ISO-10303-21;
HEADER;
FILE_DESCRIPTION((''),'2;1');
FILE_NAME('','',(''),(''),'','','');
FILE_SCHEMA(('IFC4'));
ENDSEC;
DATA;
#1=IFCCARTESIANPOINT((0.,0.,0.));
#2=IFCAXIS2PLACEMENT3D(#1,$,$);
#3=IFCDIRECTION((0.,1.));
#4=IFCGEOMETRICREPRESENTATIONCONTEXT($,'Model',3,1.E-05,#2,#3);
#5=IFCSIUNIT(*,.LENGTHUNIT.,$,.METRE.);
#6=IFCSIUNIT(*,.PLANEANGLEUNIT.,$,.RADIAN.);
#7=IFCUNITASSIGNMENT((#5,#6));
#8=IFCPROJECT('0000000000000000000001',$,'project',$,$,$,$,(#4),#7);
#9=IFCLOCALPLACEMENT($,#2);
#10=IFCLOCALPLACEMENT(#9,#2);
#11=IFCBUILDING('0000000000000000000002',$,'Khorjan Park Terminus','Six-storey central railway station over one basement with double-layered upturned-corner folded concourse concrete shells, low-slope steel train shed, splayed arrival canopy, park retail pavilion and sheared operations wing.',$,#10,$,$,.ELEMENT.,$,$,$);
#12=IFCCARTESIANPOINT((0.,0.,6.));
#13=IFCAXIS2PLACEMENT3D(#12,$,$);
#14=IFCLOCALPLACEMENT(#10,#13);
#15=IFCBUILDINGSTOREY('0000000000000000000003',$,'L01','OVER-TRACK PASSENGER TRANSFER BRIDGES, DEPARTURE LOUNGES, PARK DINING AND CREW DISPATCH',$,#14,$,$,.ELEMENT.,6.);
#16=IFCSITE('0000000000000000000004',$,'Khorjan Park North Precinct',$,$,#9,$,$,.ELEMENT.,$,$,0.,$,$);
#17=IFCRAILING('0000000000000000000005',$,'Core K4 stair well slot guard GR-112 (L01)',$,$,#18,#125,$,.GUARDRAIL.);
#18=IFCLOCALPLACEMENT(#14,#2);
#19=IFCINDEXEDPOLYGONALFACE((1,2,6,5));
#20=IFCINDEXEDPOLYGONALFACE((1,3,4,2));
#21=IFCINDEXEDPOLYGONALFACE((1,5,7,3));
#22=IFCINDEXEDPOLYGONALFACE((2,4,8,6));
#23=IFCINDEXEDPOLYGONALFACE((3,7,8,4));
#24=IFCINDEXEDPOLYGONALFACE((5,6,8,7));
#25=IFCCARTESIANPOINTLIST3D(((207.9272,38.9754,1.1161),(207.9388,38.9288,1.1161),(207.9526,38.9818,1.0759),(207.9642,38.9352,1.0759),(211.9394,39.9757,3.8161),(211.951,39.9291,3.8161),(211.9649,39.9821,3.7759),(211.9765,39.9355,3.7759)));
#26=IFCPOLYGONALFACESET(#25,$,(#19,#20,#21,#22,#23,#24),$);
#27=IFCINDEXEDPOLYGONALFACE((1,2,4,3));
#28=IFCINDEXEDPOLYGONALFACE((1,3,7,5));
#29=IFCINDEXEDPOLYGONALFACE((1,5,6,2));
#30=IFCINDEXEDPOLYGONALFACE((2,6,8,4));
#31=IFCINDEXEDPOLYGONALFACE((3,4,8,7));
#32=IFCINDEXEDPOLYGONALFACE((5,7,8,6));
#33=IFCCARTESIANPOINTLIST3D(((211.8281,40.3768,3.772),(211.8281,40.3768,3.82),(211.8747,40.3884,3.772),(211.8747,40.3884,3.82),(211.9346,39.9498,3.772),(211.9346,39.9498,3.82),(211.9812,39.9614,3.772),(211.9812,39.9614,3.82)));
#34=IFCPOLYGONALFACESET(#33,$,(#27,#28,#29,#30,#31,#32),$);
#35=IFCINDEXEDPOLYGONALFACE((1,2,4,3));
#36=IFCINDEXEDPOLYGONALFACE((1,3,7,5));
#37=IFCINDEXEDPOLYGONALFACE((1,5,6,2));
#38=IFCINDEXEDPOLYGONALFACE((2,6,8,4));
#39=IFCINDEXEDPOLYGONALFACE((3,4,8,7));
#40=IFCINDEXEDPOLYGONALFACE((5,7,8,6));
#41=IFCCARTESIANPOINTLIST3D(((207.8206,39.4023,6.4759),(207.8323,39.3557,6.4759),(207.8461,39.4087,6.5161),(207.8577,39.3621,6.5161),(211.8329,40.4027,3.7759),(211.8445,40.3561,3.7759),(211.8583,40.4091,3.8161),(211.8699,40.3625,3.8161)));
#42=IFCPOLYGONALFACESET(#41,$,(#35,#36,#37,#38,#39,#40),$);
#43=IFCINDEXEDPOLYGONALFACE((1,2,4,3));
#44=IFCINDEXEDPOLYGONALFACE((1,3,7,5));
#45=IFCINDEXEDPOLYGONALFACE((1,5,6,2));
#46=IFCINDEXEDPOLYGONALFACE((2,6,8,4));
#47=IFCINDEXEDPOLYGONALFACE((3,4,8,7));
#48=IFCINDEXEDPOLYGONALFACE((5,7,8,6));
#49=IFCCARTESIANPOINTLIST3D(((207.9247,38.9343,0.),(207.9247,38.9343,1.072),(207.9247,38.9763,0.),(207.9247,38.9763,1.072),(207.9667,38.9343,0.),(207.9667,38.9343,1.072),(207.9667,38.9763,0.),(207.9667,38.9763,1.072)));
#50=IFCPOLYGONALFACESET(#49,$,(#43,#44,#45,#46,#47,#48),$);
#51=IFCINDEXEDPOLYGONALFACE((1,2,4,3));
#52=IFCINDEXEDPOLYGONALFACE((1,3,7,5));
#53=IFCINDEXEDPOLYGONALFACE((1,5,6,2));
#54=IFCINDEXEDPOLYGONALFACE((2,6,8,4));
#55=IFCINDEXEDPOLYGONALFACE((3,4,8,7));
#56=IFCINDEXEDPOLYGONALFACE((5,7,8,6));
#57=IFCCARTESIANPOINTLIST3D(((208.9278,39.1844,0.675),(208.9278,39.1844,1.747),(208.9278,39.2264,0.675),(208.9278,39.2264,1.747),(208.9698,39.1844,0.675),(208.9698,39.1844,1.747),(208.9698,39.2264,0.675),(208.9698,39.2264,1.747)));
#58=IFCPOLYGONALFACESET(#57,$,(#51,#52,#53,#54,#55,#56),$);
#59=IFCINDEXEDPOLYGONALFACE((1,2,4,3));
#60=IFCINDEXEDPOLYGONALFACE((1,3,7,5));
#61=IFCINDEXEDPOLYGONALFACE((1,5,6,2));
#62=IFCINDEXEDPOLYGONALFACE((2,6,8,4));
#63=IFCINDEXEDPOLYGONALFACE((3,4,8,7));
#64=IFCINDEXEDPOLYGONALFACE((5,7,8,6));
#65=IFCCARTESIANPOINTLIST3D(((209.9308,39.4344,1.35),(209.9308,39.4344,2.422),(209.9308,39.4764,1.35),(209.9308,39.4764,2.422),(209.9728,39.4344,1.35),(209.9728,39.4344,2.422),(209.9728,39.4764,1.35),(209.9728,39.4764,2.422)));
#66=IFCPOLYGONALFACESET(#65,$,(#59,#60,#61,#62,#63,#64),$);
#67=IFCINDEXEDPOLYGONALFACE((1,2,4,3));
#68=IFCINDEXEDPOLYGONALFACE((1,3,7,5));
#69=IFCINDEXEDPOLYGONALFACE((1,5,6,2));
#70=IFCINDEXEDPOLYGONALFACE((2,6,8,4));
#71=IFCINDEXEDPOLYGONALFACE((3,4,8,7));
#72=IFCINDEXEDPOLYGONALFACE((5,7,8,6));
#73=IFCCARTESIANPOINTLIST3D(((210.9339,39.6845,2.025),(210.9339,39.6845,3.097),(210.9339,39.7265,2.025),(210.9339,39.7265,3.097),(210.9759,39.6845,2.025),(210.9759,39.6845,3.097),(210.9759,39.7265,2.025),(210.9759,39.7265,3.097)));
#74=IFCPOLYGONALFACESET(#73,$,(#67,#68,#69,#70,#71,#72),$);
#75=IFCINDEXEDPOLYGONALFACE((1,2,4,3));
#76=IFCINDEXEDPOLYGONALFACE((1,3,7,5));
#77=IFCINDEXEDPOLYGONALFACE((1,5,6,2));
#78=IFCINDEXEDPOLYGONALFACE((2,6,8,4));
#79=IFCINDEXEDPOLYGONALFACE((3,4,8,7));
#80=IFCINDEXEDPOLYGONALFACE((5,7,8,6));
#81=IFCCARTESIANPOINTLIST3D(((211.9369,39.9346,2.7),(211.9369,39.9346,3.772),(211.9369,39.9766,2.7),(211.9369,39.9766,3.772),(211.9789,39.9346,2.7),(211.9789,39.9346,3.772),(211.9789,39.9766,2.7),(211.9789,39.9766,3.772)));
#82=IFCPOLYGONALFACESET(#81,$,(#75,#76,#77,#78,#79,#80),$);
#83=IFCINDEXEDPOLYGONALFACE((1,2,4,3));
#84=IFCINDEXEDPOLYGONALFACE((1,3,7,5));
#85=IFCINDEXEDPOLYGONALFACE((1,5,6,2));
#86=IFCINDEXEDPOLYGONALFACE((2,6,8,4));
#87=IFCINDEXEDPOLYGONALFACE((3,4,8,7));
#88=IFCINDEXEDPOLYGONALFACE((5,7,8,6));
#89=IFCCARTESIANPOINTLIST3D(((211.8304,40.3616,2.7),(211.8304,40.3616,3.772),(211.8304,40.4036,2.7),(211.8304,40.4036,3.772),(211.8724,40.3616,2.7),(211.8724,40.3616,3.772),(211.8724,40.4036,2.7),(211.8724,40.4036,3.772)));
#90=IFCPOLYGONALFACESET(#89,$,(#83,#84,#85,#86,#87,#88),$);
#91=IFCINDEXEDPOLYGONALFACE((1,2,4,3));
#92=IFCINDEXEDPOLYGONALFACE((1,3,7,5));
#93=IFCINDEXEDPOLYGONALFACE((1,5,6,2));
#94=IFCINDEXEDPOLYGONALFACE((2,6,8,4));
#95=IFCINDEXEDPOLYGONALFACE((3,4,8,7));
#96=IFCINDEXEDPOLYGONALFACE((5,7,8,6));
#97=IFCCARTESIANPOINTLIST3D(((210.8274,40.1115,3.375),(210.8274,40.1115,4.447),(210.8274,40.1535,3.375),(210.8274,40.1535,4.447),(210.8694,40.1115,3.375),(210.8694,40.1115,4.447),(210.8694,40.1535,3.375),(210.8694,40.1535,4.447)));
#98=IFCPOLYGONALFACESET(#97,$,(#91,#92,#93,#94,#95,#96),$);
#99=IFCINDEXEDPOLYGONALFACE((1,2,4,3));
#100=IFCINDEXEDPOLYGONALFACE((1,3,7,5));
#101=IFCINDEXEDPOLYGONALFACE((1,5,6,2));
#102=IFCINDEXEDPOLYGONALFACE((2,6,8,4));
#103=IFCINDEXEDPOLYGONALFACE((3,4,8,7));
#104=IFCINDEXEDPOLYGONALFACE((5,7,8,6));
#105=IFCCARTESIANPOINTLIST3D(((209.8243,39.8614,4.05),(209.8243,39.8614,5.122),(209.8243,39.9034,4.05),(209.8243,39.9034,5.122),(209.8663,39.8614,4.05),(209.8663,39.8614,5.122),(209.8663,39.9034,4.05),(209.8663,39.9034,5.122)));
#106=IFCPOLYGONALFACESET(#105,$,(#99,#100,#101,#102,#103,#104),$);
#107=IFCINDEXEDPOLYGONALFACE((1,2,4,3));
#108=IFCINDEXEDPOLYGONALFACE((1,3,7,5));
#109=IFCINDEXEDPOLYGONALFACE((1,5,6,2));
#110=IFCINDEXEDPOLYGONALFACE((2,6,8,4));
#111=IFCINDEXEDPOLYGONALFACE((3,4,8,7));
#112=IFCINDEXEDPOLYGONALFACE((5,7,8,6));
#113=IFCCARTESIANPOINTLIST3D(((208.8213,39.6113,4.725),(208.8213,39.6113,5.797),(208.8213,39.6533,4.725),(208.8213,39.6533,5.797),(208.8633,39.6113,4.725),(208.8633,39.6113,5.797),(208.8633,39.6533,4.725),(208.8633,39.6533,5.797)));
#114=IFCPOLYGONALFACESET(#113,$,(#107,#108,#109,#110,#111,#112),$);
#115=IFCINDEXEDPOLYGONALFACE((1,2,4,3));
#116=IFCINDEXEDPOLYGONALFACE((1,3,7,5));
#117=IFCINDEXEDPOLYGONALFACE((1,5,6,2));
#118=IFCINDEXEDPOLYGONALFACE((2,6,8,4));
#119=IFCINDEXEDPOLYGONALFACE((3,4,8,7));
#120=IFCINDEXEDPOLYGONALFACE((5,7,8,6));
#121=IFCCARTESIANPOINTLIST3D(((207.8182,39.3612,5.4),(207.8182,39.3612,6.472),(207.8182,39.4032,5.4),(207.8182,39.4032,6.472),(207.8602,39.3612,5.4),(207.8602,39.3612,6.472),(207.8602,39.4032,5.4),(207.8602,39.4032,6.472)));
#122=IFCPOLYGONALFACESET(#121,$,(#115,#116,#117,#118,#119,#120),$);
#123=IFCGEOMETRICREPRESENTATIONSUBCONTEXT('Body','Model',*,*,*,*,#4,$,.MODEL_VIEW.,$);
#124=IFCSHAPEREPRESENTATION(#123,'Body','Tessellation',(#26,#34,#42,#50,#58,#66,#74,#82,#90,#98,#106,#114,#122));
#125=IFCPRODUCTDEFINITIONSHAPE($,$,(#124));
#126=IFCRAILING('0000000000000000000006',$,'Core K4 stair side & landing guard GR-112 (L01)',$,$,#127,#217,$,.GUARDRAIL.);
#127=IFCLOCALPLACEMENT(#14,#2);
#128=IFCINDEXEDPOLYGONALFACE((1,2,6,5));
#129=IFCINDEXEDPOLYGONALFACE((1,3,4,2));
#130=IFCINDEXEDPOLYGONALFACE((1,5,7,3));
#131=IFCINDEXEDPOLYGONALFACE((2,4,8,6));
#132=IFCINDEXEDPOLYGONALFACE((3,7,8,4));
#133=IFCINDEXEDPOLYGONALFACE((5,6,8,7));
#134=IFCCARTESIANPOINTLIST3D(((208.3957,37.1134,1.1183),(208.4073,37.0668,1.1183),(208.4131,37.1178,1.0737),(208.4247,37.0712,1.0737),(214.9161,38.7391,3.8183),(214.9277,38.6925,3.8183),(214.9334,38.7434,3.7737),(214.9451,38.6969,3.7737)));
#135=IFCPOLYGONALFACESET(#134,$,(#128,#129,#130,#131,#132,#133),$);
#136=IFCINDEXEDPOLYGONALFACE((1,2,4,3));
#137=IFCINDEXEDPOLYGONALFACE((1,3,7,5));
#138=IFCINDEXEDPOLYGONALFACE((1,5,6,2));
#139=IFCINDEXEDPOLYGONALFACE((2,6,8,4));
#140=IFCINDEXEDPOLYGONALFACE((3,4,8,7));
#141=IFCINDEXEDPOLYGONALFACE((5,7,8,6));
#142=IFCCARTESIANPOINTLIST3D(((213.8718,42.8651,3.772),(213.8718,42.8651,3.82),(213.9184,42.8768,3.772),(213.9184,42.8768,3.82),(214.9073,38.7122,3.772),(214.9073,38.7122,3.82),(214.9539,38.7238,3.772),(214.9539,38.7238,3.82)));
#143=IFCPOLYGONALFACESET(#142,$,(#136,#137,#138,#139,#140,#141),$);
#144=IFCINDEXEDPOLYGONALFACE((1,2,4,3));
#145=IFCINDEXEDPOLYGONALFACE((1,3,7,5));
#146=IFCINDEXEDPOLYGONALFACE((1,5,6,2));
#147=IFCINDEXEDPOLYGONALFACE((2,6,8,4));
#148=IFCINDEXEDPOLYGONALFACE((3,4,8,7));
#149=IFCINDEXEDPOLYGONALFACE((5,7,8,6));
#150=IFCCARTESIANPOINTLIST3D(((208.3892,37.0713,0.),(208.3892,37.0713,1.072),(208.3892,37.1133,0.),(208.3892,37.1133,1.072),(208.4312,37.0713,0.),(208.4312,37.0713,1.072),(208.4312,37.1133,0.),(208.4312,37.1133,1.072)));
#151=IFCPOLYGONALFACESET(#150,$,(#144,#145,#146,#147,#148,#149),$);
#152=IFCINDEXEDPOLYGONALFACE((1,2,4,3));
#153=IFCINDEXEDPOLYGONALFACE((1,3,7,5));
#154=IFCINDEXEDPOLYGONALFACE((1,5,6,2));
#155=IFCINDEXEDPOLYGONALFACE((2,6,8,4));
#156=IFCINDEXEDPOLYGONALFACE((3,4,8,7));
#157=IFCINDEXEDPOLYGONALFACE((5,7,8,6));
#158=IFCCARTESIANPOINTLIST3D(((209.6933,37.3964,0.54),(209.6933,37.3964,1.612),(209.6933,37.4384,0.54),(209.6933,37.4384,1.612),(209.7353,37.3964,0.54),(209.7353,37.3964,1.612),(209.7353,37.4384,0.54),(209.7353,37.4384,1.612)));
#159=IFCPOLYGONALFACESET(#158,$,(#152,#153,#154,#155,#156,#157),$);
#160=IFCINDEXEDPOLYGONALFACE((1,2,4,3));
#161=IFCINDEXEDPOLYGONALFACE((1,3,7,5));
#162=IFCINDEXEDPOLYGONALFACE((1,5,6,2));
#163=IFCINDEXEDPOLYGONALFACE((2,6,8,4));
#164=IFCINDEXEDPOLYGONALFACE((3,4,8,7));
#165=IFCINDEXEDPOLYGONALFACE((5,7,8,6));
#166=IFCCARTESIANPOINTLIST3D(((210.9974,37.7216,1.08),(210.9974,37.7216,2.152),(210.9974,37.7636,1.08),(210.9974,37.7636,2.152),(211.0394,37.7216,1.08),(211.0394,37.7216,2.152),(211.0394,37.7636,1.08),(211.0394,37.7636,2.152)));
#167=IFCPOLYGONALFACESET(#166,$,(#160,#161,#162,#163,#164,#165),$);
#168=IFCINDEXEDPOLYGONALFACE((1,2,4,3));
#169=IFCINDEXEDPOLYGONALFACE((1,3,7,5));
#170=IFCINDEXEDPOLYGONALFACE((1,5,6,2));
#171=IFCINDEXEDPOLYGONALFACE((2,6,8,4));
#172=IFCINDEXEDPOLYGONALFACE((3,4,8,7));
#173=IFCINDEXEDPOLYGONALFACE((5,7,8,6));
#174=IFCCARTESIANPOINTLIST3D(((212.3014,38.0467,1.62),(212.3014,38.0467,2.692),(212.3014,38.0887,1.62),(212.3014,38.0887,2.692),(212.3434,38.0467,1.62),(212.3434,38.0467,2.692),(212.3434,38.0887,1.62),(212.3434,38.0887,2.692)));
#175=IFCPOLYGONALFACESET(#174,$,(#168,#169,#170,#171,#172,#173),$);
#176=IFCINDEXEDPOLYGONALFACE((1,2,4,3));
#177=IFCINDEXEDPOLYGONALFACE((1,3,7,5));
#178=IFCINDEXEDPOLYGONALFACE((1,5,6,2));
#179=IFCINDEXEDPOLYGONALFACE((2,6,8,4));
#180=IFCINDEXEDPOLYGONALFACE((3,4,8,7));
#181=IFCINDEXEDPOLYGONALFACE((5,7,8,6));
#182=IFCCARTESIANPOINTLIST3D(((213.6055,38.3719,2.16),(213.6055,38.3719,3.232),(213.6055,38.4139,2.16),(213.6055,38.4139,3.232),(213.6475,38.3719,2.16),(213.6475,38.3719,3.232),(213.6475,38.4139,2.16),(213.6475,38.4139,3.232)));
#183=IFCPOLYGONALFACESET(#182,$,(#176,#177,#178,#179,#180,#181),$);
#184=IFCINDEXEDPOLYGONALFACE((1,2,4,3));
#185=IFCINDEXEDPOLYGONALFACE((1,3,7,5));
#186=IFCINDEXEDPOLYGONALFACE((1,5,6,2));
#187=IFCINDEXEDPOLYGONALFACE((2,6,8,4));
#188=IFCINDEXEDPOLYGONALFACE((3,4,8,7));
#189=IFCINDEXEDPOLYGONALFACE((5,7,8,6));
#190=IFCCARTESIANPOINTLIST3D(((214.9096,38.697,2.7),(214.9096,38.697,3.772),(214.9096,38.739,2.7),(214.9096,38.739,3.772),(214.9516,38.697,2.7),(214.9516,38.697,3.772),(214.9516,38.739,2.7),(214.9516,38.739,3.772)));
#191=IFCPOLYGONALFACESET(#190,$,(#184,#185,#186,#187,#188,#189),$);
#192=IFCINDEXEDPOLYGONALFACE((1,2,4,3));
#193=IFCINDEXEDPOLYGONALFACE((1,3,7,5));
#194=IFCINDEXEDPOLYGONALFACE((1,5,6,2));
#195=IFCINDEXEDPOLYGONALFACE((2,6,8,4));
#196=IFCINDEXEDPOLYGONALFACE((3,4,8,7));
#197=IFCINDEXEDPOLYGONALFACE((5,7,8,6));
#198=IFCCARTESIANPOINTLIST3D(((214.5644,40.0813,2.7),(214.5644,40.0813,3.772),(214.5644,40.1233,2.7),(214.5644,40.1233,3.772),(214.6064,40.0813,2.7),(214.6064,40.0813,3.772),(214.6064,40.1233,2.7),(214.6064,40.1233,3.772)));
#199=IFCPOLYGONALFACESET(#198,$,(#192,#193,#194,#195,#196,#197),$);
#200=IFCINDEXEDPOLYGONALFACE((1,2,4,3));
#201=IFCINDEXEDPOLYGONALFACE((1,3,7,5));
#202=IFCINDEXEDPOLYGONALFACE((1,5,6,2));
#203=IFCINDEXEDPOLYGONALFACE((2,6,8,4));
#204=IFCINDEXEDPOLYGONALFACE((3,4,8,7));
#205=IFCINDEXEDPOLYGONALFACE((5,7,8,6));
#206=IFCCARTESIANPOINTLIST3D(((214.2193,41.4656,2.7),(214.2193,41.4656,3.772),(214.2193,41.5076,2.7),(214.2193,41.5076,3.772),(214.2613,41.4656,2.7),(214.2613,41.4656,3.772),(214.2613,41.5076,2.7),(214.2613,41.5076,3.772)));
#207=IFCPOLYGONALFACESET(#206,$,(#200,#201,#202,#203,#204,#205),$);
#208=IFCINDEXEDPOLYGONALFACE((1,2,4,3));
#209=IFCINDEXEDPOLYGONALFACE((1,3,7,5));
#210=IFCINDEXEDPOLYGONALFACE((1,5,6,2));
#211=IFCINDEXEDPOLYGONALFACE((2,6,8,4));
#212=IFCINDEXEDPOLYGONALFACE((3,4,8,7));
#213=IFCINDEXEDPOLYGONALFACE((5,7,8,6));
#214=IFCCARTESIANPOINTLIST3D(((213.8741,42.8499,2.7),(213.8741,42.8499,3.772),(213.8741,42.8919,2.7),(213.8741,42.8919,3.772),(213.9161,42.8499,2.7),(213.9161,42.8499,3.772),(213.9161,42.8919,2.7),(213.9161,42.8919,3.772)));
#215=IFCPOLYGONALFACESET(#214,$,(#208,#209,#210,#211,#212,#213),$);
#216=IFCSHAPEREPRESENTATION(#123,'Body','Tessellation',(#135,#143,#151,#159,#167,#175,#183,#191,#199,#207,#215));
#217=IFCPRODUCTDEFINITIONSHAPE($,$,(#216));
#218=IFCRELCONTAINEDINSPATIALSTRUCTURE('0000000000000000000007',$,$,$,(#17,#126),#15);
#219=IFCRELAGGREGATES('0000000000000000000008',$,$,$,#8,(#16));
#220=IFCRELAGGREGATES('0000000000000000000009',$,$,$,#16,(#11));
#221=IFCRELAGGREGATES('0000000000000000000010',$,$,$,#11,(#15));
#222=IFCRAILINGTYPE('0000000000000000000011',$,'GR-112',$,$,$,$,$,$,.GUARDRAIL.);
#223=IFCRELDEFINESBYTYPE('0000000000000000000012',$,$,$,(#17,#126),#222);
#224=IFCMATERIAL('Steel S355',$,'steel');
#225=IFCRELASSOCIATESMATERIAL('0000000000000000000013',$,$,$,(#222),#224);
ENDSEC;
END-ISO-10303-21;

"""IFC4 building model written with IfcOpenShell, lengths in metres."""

from ifc_helpers import new_model, si_unit, direction, frame, origin, origin_2d, place, context, subcontext, project, spatial, rectangle, extrude, material, type_object, element, save


model = new_model("IFC4")

# Units and contexts
model_context = context("Model", 3, precision=1e-05, world=origin(), true_north=direction((0.0, 1.0)))
body_context = subcontext(model_context, "Body", "Model", "MODEL_VIEW")
ifc_project = project(units=[si_unit("LENGTHUNIT", "METRE"), si_unit("PLANEANGLEUNIT", "RADIAN")], contexts=[model_context])

# Site, building, storey
site_placement = place(None, origin())
site = spatial("IfcSite", under=ifc_project, at=site_placement, Name="Khorjan Park North Precinct", CompositionType="ELEMENT", RefElevation=0.0)
building_placement = place(site_placement, origin())
building = spatial("IfcBuilding", under=site, at=building_placement, Name="Khorjan Park Terminus", Description="Six-storey central railway station over one basement with double-layered upturned-corner folded concourse concrete shells, low-slope steel train shed, splayed arrival canopy, park retail pavilion and sheared operations wing.", CompositionType="ELEMENT")
storey_placement = place(building_placement, frame((0.0, 0.0, 6.0)))
storey = spatial("IfcBuildingStorey", under=building, at=storey_placement, Name="L01", Description="OVER-TRACK PASSENGER TRANSFER BRIDGES, DEPARTURE LOUNGES, PARK DINING AND CREW DISPATCH", CompositionType="ELEMENT", Elevation=6.0)

# Shared definitions
ifc_material_1 = material(Name="Steel S355", Category="steel")

# Railings
railing_type_1 = type_object("IfcRailingType", Name="GR-112", PredefinedType="GUARDRAIL", material=ifc_material_1)
railing_1_placement = place(storey_placement, frame((207.9457, 38.9553, 0.0)))
element("IfcRailing", 1, at=railing_1_placement, inside=storey, type_object=railing_type_1, Name="Core K4 stair well slot guard GR-112 (L01)", PredefinedType="GUARDRAIL", context=body_context, shape_type="SweptSolid", body=[
    extrude(rectangle(XDim=0.048, YDim=0.048, at=origin_2d()), frame((0.0, 0.0, 1.096), z_axis=(0.81244, 0.202553, 0.54673), x_axis=(-0.24191, 0.970299, 0.0)), (0.0, 0.0, 1.0), 4.9385),
    extrude(rectangle(XDim=0.048, YDim=0.048, at=origin_2d()), frame((4.0122, 1.0003, 3.796), z_axis=(-0.242001, 0.970276, 0.0), x_axis=(-0.970276, -0.242001, 0.0)), (0.0, 0.0, 1.0), 0.4401),
    extrude(rectangle(XDim=0.048, YDim=0.048, at=origin_2d()), frame((3.9057, 1.4273, 3.796), z_axis=(-0.812437, -0.202573, 0.546727), x_axis=(0.241932, -0.970293, 0.0)), (0.0, 0.0, 1.0), 4.9385),
    extrude(rectangle(XDim=0.042, YDim=0.042, at=origin_2d()), origin(), (0.0, 0.0, 1.0), 1.072),
    extrude(rectangle(XDim=0.042, YDim=0.042, at=origin_2d()), frame((1.0031, 0.2501, 0.675)), (0.0, 0.0, 1.0), 1.072),
    extrude(rectangle(XDim=0.042, YDim=0.042, at=origin_2d()), frame((2.0061, 0.5001, 1.35)), (0.0, 0.0, 1.0), 1.072),
    extrude(rectangle(XDim=0.042, YDim=0.042, at=origin_2d()), frame((3.0092, 0.7502, 2.025)), (0.0, 0.0, 1.0), 1.072),
    extrude(rectangle(XDim=0.042, YDim=0.042, at=origin_2d()), frame((4.0122, 1.0003, 2.7)), (0.0, 0.0, 1.0), 1.072),
    extrude(rectangle(XDim=0.042, YDim=0.042, at=origin_2d()), frame((3.9057, 1.4273, 2.7)), (0.0, 0.0, 1.0), 1.072),
    extrude(rectangle(XDim=0.042, YDim=0.042, at=origin_2d()), frame((2.9027, 1.1772, 3.375)), (0.0, 0.0, 1.0), 1.072),
    extrude(rectangle(XDim=0.042, YDim=0.042, at=origin_2d()), frame((1.8996, 0.9271, 4.05)), (0.0, 0.0, 1.0), 1.072),
    extrude(rectangle(XDim=0.042, YDim=0.042, at=origin_2d()), frame((0.8966, 0.677, 4.725)), (0.0, 0.0, 1.0), 1.072),
    extrude(rectangle(XDim=0.042, YDim=0.042, at=origin_2d()), frame((-0.1065, 0.4269, 5.4)), (0.0, 0.0, 1.0), 1.072),
])
railing_2_placement = place(storey_placement, frame((208.4102, 37.0923, 0.0)))
element("IfcRailing", 2, at=railing_2_placement, inside=storey, type_object=railing_type_1, Name="Core K4 stair side & landing guard GR-112 (L01)", PredefinedType="GUARDRAIL", context=body_context, shape_type="SweptSolid", body=[
    extrude(rectangle(XDim=0.048, YDim=0.048, at=origin_2d()), frame((0.0, 0.0, 1.096), z_axis=(0.900342, 0.224478, 0.372818), x_axis=(-0.241919, 0.970296, 0.0)), (0.0, 0.0, 1.0), 7.2421),
    extrude(rectangle(XDim=0.048, YDim=0.048, at=origin_2d()), frame((6.5204, 1.6257, 3.796), z_axis=(-0.241936, 0.970292, 0.0), x_axis=(-0.970292, -0.241936, 0.0)), (0.0, 0.0, 1.0), 4.2801),
    extrude(rectangle(XDim=0.042, YDim=0.042, at=origin_2d()), origin(), (0.0, 0.0, 1.0), 1.072),
    extrude(rectangle(XDim=0.042, YDim=0.042, at=origin_2d()), frame((1.3041, 0.3251, 0.54)), (0.0, 0.0, 1.0), 1.072),
    extrude(rectangle(XDim=0.042, YDim=0.042, at=origin_2d()), frame((2.6082, 0.6503, 1.08)), (0.0, 0.0, 1.0), 1.072),
    extrude(rectangle(XDim=0.042, YDim=0.042, at=origin_2d()), frame((3.9122, 0.9754, 1.62)), (0.0, 0.0, 1.0), 1.072),
    extrude(rectangle(XDim=0.042, YDim=0.042, at=origin_2d()), frame((5.2163, 1.3006, 2.16)), (0.0, 0.0, 1.0), 1.072),
    extrude(rectangle(XDim=0.042, YDim=0.042, at=origin_2d()), frame((6.5204, 1.6257, 2.7)), (0.0, 0.0, 1.0), 1.072),
    extrude(rectangle(XDim=0.042, YDim=0.042, at=origin_2d()), frame((6.1752, 3.01, 2.7)), (0.0, 0.0, 1.0), 1.072),
    extrude(rectangle(XDim=0.042, YDim=0.042, at=origin_2d()), frame((5.8301, 4.3943, 2.7)), (0.0, 0.0, 1.0), 1.072),
    extrude(rectangle(XDim=0.042, YDim=0.042, at=origin_2d()), frame((5.4849, 5.7786, 2.7)), (0.0, 0.0, 1.0), 1.072),
])

save(model, "model.ifc")
